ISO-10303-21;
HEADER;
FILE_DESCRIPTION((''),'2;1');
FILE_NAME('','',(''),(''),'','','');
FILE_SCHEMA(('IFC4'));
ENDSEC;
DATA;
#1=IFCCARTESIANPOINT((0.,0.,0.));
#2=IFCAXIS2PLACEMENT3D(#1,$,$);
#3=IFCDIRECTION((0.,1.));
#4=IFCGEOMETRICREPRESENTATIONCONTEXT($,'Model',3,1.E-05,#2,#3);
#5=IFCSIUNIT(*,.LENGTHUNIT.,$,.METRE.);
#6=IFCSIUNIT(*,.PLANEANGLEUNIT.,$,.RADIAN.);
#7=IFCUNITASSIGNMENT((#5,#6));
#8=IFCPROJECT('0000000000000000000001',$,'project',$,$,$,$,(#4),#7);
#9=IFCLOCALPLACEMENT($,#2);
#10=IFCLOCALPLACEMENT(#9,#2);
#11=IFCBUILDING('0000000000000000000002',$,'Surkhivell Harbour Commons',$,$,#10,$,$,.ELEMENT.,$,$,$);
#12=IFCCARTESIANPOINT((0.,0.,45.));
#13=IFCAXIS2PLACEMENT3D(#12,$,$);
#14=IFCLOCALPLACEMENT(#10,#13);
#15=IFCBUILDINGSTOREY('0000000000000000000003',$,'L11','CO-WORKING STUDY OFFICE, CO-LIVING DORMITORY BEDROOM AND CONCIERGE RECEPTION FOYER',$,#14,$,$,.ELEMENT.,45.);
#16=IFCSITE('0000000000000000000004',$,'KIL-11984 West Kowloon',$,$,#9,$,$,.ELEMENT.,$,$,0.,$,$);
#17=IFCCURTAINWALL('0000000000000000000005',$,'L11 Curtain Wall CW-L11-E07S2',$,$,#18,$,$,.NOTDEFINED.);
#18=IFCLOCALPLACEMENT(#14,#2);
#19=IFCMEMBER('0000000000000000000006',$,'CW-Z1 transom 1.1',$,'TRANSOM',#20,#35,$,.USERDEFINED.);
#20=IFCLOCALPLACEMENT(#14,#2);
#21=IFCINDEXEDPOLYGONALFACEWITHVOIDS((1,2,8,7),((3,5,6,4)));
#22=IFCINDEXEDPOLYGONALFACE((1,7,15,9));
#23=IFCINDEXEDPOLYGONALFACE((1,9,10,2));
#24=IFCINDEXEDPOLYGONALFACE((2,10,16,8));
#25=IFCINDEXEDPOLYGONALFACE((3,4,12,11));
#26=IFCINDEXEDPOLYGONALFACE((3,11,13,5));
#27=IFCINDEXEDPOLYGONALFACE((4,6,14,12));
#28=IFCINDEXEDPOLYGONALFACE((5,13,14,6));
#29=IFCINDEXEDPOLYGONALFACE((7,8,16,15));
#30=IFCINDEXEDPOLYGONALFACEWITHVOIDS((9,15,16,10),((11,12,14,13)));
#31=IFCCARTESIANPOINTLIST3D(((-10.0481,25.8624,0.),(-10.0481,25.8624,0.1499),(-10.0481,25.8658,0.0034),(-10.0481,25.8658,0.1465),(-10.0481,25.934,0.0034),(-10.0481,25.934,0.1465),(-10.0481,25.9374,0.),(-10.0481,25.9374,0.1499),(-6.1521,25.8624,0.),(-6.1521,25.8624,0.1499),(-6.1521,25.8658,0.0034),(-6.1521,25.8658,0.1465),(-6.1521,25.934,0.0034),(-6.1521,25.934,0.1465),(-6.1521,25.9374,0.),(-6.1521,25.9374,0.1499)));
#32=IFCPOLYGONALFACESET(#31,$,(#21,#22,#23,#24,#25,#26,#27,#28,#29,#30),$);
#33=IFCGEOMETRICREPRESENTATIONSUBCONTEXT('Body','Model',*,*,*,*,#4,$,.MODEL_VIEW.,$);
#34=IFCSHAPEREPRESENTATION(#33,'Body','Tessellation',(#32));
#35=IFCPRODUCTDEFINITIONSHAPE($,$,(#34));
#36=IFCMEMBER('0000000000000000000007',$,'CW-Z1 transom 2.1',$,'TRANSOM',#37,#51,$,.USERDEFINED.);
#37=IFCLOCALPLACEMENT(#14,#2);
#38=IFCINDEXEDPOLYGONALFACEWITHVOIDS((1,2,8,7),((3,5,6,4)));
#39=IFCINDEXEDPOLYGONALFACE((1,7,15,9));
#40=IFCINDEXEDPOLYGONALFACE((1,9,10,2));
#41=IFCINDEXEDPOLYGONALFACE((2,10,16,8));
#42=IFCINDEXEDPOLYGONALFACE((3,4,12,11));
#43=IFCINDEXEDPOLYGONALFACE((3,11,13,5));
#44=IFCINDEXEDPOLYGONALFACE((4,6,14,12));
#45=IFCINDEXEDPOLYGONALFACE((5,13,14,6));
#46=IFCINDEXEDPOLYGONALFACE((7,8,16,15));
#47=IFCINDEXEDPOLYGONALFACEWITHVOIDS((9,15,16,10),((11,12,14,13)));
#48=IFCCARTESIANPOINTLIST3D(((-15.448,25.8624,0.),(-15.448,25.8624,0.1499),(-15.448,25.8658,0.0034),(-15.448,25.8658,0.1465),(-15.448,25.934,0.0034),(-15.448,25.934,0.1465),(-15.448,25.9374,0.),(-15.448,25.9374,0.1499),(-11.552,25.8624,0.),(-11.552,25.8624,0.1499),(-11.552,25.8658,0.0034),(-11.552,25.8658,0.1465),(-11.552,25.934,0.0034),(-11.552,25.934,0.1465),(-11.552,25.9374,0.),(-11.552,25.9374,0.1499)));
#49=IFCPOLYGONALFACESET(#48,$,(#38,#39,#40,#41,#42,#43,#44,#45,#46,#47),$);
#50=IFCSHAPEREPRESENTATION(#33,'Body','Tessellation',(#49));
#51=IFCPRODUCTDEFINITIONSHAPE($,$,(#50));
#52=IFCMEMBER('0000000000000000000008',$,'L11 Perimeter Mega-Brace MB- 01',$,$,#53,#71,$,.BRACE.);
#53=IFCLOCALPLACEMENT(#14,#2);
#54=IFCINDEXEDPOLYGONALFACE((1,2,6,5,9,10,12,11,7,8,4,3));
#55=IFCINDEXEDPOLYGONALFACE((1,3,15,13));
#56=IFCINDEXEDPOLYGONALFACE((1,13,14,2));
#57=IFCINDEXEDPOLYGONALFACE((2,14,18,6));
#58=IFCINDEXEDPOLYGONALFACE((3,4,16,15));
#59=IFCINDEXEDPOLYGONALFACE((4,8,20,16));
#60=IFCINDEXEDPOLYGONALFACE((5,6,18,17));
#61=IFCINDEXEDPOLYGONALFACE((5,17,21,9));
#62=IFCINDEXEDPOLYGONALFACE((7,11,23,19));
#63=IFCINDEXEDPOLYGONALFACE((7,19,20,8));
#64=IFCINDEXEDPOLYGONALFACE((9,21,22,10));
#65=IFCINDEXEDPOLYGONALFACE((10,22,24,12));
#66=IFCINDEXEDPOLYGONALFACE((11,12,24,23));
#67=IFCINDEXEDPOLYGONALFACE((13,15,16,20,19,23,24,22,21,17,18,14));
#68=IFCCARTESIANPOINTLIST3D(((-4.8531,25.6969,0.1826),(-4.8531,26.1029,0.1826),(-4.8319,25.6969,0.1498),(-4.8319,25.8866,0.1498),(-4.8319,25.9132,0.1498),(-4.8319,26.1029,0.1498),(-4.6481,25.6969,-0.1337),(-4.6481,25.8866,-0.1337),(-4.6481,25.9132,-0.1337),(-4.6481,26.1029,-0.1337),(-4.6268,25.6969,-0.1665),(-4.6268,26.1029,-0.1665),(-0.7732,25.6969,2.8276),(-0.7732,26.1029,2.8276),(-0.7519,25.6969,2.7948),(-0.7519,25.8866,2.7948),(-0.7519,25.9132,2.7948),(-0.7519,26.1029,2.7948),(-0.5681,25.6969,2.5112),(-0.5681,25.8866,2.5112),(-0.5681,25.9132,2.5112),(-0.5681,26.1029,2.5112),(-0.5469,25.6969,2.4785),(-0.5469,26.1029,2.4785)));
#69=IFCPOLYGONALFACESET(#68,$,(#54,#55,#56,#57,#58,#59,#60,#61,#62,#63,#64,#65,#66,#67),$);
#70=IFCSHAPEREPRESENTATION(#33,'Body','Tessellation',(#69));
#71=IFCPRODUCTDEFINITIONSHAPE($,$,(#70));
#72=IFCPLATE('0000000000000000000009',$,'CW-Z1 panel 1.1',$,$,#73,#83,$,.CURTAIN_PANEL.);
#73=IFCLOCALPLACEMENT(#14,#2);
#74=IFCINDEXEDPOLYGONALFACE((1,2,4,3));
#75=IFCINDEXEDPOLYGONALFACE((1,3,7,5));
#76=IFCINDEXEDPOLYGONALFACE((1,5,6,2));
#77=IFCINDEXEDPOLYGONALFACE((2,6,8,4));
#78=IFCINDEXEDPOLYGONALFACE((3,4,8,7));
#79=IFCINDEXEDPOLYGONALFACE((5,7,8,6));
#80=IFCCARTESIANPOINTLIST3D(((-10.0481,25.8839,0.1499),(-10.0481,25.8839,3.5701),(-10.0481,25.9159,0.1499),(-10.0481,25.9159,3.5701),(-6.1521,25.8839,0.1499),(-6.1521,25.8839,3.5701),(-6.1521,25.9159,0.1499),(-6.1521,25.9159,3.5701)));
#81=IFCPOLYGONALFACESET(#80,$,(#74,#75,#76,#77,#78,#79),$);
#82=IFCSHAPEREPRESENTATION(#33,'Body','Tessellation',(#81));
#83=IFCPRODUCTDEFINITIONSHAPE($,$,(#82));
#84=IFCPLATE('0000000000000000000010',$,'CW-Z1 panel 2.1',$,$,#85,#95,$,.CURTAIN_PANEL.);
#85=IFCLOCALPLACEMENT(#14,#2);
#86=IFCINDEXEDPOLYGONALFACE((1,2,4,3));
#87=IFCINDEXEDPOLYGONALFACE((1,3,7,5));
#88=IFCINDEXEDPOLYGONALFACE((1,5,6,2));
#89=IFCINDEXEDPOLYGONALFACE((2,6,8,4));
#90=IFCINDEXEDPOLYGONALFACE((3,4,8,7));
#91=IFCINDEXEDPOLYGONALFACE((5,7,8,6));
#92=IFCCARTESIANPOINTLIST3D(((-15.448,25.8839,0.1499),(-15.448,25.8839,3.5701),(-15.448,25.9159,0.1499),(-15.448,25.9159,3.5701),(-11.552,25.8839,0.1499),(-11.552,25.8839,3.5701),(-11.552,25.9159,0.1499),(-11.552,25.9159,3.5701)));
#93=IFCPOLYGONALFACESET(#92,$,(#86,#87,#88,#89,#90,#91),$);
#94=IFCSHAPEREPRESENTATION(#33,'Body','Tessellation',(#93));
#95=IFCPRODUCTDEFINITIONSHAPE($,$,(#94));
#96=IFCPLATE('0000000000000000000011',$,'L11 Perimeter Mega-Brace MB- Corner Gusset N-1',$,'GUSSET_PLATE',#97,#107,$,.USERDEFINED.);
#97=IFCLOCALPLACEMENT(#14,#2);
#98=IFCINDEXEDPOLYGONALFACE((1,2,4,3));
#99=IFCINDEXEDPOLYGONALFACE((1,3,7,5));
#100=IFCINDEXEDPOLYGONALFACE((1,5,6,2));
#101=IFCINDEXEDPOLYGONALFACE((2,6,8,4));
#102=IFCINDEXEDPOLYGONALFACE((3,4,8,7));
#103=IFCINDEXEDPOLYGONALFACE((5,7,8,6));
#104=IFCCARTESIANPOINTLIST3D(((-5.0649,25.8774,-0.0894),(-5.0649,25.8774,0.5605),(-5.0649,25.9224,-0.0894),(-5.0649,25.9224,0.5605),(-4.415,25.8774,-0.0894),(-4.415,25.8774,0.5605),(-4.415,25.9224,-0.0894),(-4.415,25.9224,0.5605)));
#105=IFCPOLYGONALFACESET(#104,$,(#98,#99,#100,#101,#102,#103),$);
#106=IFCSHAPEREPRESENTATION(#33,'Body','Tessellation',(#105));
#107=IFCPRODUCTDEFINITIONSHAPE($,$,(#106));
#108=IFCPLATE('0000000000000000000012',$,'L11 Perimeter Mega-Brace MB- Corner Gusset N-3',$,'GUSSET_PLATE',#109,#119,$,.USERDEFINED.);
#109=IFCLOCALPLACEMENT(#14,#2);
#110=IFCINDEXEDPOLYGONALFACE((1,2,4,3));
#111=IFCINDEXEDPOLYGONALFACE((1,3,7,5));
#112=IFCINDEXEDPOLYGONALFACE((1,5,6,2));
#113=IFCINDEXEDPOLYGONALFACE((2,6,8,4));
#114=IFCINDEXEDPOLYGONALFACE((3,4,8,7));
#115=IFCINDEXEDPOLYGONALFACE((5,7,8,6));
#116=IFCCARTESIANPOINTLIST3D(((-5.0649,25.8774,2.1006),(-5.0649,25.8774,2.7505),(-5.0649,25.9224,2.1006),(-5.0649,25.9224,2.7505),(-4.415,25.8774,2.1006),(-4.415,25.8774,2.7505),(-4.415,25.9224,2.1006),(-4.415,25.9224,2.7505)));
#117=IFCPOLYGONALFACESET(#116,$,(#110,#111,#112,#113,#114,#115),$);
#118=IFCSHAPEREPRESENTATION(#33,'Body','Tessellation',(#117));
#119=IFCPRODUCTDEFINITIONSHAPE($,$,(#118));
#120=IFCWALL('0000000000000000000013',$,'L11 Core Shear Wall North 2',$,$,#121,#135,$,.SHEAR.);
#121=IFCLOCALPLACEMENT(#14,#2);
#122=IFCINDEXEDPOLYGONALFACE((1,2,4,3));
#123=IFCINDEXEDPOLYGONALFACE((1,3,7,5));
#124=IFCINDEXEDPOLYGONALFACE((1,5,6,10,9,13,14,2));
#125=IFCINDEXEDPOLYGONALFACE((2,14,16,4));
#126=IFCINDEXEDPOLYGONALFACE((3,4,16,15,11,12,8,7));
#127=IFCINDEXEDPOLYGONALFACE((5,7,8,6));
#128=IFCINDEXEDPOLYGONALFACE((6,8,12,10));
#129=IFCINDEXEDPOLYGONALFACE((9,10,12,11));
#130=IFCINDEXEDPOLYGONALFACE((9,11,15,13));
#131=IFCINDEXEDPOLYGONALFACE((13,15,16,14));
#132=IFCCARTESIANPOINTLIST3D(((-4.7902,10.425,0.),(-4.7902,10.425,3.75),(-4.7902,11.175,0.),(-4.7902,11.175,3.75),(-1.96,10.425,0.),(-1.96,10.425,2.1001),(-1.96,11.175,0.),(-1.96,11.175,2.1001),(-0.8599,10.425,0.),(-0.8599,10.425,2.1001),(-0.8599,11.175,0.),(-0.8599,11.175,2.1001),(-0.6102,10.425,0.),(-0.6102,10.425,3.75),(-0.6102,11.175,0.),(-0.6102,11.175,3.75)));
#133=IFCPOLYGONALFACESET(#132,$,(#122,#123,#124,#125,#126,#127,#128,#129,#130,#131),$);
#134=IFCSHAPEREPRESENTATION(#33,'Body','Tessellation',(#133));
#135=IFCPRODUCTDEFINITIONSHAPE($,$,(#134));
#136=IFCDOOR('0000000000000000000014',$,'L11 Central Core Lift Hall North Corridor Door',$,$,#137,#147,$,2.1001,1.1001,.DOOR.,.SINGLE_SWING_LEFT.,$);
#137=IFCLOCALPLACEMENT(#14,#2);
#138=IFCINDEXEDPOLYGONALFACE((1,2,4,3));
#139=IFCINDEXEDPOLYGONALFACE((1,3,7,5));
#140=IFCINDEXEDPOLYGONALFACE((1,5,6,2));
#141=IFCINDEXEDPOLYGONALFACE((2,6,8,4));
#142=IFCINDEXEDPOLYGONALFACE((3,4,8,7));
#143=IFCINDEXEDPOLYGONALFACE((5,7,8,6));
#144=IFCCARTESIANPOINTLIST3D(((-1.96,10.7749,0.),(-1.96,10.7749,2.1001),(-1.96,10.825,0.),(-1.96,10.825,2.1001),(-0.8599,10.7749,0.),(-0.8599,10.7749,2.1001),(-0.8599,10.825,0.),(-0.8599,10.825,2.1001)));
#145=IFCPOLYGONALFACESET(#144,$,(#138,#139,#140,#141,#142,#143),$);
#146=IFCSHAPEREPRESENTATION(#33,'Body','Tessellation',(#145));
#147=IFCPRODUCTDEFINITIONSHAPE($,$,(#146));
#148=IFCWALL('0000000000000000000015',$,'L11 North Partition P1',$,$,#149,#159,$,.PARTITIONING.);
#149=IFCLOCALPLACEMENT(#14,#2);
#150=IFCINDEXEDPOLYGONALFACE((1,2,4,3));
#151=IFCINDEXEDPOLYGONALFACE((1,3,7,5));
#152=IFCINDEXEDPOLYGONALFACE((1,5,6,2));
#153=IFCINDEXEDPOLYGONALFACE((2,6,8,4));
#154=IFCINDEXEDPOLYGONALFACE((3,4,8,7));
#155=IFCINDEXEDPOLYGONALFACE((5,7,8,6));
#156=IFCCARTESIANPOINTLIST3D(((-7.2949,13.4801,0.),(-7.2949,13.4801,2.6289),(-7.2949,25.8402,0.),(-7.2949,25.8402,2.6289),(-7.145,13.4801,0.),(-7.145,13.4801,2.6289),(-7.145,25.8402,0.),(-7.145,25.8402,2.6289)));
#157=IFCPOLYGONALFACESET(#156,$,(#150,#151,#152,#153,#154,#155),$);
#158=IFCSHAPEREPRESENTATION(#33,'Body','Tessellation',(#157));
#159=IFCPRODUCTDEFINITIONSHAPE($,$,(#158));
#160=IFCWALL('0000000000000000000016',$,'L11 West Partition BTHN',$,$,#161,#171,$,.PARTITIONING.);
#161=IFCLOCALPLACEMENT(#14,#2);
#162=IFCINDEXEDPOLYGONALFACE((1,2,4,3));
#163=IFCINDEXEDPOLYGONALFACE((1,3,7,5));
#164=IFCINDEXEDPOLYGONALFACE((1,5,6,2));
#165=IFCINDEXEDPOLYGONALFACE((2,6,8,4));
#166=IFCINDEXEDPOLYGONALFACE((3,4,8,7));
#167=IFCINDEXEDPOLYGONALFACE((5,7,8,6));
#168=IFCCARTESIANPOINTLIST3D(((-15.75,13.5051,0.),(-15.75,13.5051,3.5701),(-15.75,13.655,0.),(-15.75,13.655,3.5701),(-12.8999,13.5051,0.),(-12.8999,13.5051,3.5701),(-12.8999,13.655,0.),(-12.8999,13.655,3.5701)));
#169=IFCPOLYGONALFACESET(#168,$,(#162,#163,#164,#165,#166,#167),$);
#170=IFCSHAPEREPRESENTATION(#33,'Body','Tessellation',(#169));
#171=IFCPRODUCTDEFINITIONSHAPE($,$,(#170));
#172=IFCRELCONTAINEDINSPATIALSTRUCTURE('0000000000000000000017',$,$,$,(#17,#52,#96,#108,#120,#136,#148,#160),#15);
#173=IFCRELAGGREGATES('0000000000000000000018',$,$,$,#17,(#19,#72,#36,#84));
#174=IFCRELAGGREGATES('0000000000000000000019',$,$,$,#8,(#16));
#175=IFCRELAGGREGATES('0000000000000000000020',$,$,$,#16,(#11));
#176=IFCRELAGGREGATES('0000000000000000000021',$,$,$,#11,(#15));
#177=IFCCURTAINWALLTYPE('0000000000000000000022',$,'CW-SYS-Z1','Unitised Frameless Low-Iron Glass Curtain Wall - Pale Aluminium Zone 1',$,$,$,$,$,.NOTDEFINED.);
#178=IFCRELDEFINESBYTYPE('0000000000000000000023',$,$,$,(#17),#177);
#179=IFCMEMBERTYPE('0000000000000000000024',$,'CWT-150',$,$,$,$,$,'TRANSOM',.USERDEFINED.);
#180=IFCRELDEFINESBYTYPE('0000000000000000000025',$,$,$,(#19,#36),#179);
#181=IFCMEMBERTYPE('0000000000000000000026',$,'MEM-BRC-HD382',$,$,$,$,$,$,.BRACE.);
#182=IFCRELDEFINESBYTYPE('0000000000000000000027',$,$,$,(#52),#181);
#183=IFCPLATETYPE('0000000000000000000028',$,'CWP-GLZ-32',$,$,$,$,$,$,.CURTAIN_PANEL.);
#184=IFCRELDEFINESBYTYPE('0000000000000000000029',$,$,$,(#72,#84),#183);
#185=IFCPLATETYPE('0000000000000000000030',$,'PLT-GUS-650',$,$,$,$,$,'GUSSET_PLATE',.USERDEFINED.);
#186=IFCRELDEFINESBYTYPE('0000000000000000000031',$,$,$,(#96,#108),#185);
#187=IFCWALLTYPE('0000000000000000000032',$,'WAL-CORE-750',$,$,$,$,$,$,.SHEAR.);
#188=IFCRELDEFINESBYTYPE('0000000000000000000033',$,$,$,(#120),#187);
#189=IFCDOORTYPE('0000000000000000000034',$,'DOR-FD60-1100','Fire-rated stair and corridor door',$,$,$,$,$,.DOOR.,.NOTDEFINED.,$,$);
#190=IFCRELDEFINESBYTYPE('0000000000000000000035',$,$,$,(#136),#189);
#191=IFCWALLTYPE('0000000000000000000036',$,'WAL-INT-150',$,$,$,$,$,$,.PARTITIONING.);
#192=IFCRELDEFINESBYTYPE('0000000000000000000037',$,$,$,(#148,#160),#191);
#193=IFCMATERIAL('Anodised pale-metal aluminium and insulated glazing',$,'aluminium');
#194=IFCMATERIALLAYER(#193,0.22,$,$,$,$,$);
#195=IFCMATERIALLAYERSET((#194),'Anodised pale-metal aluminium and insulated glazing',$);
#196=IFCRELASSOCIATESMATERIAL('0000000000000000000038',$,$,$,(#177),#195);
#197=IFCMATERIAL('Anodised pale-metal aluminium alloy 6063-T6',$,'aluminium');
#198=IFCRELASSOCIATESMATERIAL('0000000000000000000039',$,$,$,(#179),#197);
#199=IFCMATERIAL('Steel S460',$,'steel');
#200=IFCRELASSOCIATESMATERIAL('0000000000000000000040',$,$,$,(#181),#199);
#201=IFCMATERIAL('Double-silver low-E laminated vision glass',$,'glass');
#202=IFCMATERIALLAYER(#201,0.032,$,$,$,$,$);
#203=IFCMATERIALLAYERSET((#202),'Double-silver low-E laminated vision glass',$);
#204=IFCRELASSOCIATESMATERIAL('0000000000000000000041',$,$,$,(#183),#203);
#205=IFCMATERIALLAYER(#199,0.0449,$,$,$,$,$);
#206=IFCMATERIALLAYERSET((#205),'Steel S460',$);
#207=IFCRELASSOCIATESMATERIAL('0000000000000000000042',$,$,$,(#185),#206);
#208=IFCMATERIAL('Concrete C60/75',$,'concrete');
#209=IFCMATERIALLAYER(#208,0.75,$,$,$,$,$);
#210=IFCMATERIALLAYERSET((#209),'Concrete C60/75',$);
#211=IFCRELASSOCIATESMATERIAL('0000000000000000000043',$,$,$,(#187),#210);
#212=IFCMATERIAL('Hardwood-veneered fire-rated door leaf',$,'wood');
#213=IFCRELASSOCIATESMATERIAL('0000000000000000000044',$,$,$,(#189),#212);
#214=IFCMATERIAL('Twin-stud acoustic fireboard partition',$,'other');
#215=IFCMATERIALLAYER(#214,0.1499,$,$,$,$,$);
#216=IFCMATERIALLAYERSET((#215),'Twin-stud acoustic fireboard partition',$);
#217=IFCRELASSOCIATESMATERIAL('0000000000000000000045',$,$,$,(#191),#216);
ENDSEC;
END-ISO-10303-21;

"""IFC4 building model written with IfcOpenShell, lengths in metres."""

from ifc_helpers import new_model, si_unit, direction, frame, frame_2d, origin, origin_2d, place, context, subcontext, project, spatial, rectangle, hollow_rectangle, i_section, extrude, material, layer, layer_set, material_profile, profile_set, type_object, element, fill, aggregate, save


model = new_model("IFC4")

# Units and contexts
model_context = context("Model", 3, precision=1e-05, world=origin(), true_north=direction((0.0, 1.0)))
body_context = subcontext(model_context, "Body", "Model", "MODEL_VIEW")
ifc_project = project(units=[si_unit("LENGTHUNIT", "METRE"), si_unit("PLANEANGLEUNIT", "RADIAN")], contexts=[model_context])

# Site, building, storey
site_placement = place(None, origin())
site = spatial("IfcSite", under=ifc_project, at=site_placement, Name="KIL-11984 West Kowloon", CompositionType="ELEMENT", RefElevation=0.0)
building_placement = place(site_placement, origin())
building = spatial("IfcBuilding", under=site, at=building_placement, Name="Surkhivell Harbour Commons", CompositionType="ELEMENT")
storey_placement = place(building_placement, frame((0.0, 0.0, 45.0)))
storey = spatial("IfcBuildingStorey", under=building, at=storey_placement, Name="L11", Description="CO-WORKING STUDY OFFICE, CO-LIVING DORMITORY BEDROOM AND CONCIERGE RECEPTION FOYER", CompositionType="ELEMENT", Elevation=45.0)

# Shared definitions
ifc_material_1 = material(Name="Steel S460", Category="steel")

# Curtain wall, members
ifc_material_2 = material(Name="Anodised pale-metal aluminium and insulated glazing", Category="aluminium")
ifc_layer_1 = layer(ifc_material_2, 0.22)
ifc_layer_set_1 = layer_set([ifc_layer_1], Name="Anodised pale-metal aluminium and insulated glazing")
curtain_wall_type = type_object("IfcCurtainWallType", Name="CW-SYS-Z1", Description="Unitised Frameless Low-Iron Glass Curtain Wall - Pale Aluminium Zone 1", PredefinedType="NOTDEFINED", material=ifc_layer_set_1)
curtain_wall_placement = place(storey_placement, origin())
curtain_wall = element("IfcCurtainWall", 1, at=curtain_wall_placement, inside=storey, type_object=curtain_wall_type, Name="L11 Curtain Wall CW-L11-E07S2", PredefinedType="NOTDEFINED")
ifc_material_3 = material(Name="Anodised pale-metal aluminium alloy 6063-T6", Category="aluminium")
ifc_material_profile_1 = material_profile(ifc_material_3, hollow_rectangle(XDim=0.075, YDim=0.1499, WallThickness=0.0034, at=origin_2d()), Name="ALU-TRAN-75x150")
ifc_profile_set_1 = profile_set([ifc_material_profile_1], Name="Anodised pale-metal aluminium alloy 6063-T6")
member_type_1 = type_object("IfcMemberType", Name="CWT-150", ElementType="TRANSOM", PredefinedType="USERDEFINED", material=ifc_profile_set_1)
member_1_placement = place(storey_placement, frame((-6.1521, 25.8999, 0.075), z_axis=(-1.0, 0.0, 0.0), x_axis=(0.0, -1.0, 0.0)))
member_1 = element("IfcMember", 2, at=member_1_placement, type_object=member_type_1, Name="CW-Z1 transom 1.1", ObjectType="TRANSOM", PredefinedType="USERDEFINED", context=body_context, shape_type="SweptSolid", body=[
    extrude(hollow_rectangle(XDim=0.075, YDim=0.1499, WallThickness=0.0034, at=origin_2d()), origin(), (0.0, 0.0, 1.0), 3.896),
])
member_2_placement = place(storey_placement, frame((-11.552, 25.8999, 0.075), z_axis=(-1.0, 0.0, 0.0), x_axis=(0.0, -1.0, 0.0)))
member_2 = element("IfcMember", 3, at=member_2_placement, type_object=member_type_1, Name="CW-Z1 transom 2.1", ObjectType="TRANSOM", PredefinedType="USERDEFINED", context=body_context, shape_type="SweptSolid", body=[
    extrude(hollow_rectangle(XDim=0.075, YDim=0.1499, WallThickness=0.0034, at=origin_2d()), origin(), (0.0, 0.0, 1.0), 3.896),
])

# Member
ifc_material_profile_2 = material_profile(ifc_material_1, i_section(OverallWidth=0.406, OverallDepth=0.416, WebThickness=0.0266, FlangeThickness=0.0391, at=origin_2d()), Name="HD400x382")
ifc_profile_set_2 = profile_set([ifc_material_profile_2], Name="Steel S460")
member_type_2 = type_object("IfcMemberType", Name="MEM-BRC-HD382", PredefinedType="BRACE", material=ifc_profile_set_2)
member_3_placement = place(storey_placement, frame((-4.74, 25.8999, 0.0081), z_axis=(0.839104, 0.0, 0.543971), x_axis=(0.0, 1.0, 0.0)))
element("IfcMember", 4, at=member_3_placement, inside=storey, type_object=member_type_2, Name="L11 Perimeter Mega-Brace MB- 01", PredefinedType="BRACE", context=body_context, shape_type="SweptSolid", body=[
    extrude(i_section(OverallWidth=0.406, OverallDepth=0.416, WebThickness=0.0266, FlangeThickness=0.0391, at=origin_2d()), origin(), (0.0, 0.0, 1.0), 4.8623),
])

# Plates
ifc_material_4 = material(Name="Double-silver low-E laminated vision glass", Category="glass")
ifc_layer_2 = layer(ifc_material_4, 0.032)
ifc_layer_set_2 = layer_set([ifc_layer_2], Name="Double-silver low-E laminated vision glass")
plate_type_1 = type_object("IfcPlateType", Name="CWP-GLZ-32", PredefinedType="CURTAIN_PANEL", material=ifc_layer_set_2)
plate_1_placement = place(storey_placement, frame((-6.1521, 25.8999, 0.1499), z_axis=(0.0, 0.0, 1.0), x_axis=(-1.0, 0.0, 0.0)))
plate_1 = element("IfcPlate", 5, at=plate_1_placement, type_object=plate_type_1, Name="CW-Z1 panel 1.1", PredefinedType="CURTAIN_PANEL", context=body_context, shape_type="SweptSolid", body=[
    extrude(rectangle(XDim=3.896, YDim=0.032, at=frame_2d((1.948, 0.0))), origin(), (0.0, 0.0, 1.0), 3.4202),
])
plate_2_placement = place(storey_placement, frame((-11.552, 25.8999, 0.1499), z_axis=(0.0, 0.0, 1.0), x_axis=(-1.0, 0.0, 0.0)))
plate_2 = element("IfcPlate", 6, at=plate_2_placement, type_object=plate_type_1, Name="CW-Z1 panel 2.1", PredefinedType="CURTAIN_PANEL", context=body_context, shape_type="SweptSolid", body=[
    extrude(rectangle(XDim=3.896, YDim=0.032, at=frame_2d((1.948, 0.0))), origin(), (0.0, 0.0, 1.0), 3.4202),
])
aggregate(curtain_wall, [member_1, plate_1, member_2, plate_2])

# Plates
ifc_layer_3 = layer(ifc_material_1, 0.0449)
ifc_layer_set_3 = layer_set([ifc_layer_3], Name="Steel S460")
plate_type_2 = type_object("IfcPlateType", Name="PLT-GUS-650", ElementType="GUSSET_PLATE", PredefinedType="USERDEFINED", material=ifc_layer_set_3)
for number, where, z_axis, x_axis, name in (
    (7, (-4.74, 25.8999, -0.0894), (0.0, 0.0, 1.0), (1.0, 0.0, 0.0), "L11 Perimeter Mega-Brace MB- Corner Gusset N-1"),
    (8, (-4.74, 25.8999, 2.1006), (0.0, 0.0, 1.0), (1.0, 0.0, 0.0), "L11 Perimeter Mega-Brace MB- Corner Gusset N-3"),
):
    element("IfcPlate", number, at=place(storey_placement, frame(where, z_axis=z_axis, x_axis=x_axis)), inside=storey, type_object=plate_type_2, Name=name, ObjectType="GUSSET_PLATE", PredefinedType="USERDEFINED", context=body_context, shape_type="SweptSolid", body=[
        extrude(rectangle(XDim=0.6499, YDim=0.0449, at=origin_2d()), origin(), (0.0, 0.0, 1.0), 0.6499),
    ])

# Wall, opening, door
ifc_material_5 = material(Name="Concrete C60/75", Category="concrete")
ifc_layer_4 = layer(ifc_material_5, 0.75)
ifc_layer_set_4 = layer_set([ifc_layer_4], Name="Concrete C60/75")
wall_type_1 = type_object("IfcWallType", Name="WAL-CORE-750", PredefinedType="SHEAR", material=ifc_layer_set_4)
wall_1_placement = place(storey_placement, frame((-4.79, 10.8, 0.0), z_axis=(0.0, 0.0, 1.0), x_axis=(1.0, 0.0, 0.0)))
wall_1 = element("IfcWall", 9, at=wall_1_placement, inside=storey, type_object=wall_type_1, Name="L11 Core Shear Wall North 2", PredefinedType="SHEAR", context=body_context, shape_type="SweptSolid", body=[
    extrude(rectangle(XDim=4.1799, YDim=0.75, at=frame_2d((2.0898, 0.0))), origin(), (0.0, 0.0, 1.0), 3.75),
])
opening_1_placement = place(wall_1_placement, frame((2.8301, 0.0, 0.0)))
opening_1 = element("IfcOpeningElement", 10, at=opening_1_placement, cuts=wall_1, PredefinedType="OPENING", context=body_context, shape_type="SweptSolid", body=[
    extrude(rectangle(XDim=1.1001, YDim=2.1001, at=frame_2d((0.55, 1.05))), frame((0.0, 0.385, 0.0), z_axis=(0.0, -1.0, 0.0), x_axis=(1.0, 0.0, 0.0)), (0.0, 0.0, 1.0), 0.77),
])
ifc_material_6 = material(Name="Hardwood-veneered fire-rated door leaf", Category="wood")
door_type_1 = type_object("IfcDoorType", Name="DOR-FD60-1100", Description="Fire-rated stair and corridor door", OperationType="NOTDEFINED", PredefinedType="DOOR", material=ifc_material_6)
door_1_placement = place(opening_1_placement, origin())
door_1 = element("IfcDoor", 11, at=door_1_placement, inside=storey, type_object=door_type_1, Name="L11 Central Core Lift Hall North Corridor Door", OperationType="SINGLE_SWING_LEFT", OverallHeight=2.1001, OverallWidth=1.1001, PredefinedType="DOOR", context=body_context, shape_type="SweptSolid", body=[
    extrude(rectangle(XDim=1.1001, YDim=2.1001, at=frame_2d((0.55, 1.05))), frame((0.0, 0.0249, 0.0), z_axis=(0.0, -1.0, 0.0), x_axis=(1.0, 0.0, 0.0)), (0.0, 0.0, 1.0), 0.05),
])
fill(opening_1, door_1)

# Walls
ifc_material_7 = material(Name="Twin-stud acoustic fireboard partition", Category="other")
ifc_layer_5 = layer(ifc_material_7, 0.1499)
ifc_layer_set_5 = layer_set([ifc_layer_5], Name="Twin-stud acoustic fireboard partition")
wall_type_2 = type_object("IfcWallType", Name="WAL-INT-150", PredefinedType="PARTITIONING", material=ifc_layer_set_5)
wall_2_placement = place(storey_placement, frame((-7.22, 13.48, 0.0), z_axis=(0.0, 0.0, 1.0), x_axis=(0.0, 1.0, 0.0)))
element("IfcWall", 12, at=wall_2_placement, inside=storey, type_object=wall_type_2, Name="L11 North Partition P1", PredefinedType="PARTITIONING", context=body_context, shape_type="SweptSolid", body=[
    extrude(rectangle(XDim=12.3601, YDim=0.1499, at=frame_2d((6.1802, 0.0))), origin(), (0.0, 0.0, 1.0), 2.6289),
])
wall_3_placement = place(storey_placement, frame((-15.75, 13.5801, 0.0), z_axis=(0.0, 0.0, 1.0), x_axis=(1.0, 0.0, 0.0)))
element("IfcWall", 13, at=wall_3_placement, inside=storey, type_object=wall_type_2, Name="L11 West Partition BTHN", PredefinedType="PARTITIONING", context=body_context, shape_type="SweptSolid", body=[
    extrude(rectangle(XDim=2.8501, YDim=0.1499, at=frame_2d((1.425, 0.0))), origin(), (0.0, 0.0, 1.0), 3.5701),
])

save(model, "model.ifc")
